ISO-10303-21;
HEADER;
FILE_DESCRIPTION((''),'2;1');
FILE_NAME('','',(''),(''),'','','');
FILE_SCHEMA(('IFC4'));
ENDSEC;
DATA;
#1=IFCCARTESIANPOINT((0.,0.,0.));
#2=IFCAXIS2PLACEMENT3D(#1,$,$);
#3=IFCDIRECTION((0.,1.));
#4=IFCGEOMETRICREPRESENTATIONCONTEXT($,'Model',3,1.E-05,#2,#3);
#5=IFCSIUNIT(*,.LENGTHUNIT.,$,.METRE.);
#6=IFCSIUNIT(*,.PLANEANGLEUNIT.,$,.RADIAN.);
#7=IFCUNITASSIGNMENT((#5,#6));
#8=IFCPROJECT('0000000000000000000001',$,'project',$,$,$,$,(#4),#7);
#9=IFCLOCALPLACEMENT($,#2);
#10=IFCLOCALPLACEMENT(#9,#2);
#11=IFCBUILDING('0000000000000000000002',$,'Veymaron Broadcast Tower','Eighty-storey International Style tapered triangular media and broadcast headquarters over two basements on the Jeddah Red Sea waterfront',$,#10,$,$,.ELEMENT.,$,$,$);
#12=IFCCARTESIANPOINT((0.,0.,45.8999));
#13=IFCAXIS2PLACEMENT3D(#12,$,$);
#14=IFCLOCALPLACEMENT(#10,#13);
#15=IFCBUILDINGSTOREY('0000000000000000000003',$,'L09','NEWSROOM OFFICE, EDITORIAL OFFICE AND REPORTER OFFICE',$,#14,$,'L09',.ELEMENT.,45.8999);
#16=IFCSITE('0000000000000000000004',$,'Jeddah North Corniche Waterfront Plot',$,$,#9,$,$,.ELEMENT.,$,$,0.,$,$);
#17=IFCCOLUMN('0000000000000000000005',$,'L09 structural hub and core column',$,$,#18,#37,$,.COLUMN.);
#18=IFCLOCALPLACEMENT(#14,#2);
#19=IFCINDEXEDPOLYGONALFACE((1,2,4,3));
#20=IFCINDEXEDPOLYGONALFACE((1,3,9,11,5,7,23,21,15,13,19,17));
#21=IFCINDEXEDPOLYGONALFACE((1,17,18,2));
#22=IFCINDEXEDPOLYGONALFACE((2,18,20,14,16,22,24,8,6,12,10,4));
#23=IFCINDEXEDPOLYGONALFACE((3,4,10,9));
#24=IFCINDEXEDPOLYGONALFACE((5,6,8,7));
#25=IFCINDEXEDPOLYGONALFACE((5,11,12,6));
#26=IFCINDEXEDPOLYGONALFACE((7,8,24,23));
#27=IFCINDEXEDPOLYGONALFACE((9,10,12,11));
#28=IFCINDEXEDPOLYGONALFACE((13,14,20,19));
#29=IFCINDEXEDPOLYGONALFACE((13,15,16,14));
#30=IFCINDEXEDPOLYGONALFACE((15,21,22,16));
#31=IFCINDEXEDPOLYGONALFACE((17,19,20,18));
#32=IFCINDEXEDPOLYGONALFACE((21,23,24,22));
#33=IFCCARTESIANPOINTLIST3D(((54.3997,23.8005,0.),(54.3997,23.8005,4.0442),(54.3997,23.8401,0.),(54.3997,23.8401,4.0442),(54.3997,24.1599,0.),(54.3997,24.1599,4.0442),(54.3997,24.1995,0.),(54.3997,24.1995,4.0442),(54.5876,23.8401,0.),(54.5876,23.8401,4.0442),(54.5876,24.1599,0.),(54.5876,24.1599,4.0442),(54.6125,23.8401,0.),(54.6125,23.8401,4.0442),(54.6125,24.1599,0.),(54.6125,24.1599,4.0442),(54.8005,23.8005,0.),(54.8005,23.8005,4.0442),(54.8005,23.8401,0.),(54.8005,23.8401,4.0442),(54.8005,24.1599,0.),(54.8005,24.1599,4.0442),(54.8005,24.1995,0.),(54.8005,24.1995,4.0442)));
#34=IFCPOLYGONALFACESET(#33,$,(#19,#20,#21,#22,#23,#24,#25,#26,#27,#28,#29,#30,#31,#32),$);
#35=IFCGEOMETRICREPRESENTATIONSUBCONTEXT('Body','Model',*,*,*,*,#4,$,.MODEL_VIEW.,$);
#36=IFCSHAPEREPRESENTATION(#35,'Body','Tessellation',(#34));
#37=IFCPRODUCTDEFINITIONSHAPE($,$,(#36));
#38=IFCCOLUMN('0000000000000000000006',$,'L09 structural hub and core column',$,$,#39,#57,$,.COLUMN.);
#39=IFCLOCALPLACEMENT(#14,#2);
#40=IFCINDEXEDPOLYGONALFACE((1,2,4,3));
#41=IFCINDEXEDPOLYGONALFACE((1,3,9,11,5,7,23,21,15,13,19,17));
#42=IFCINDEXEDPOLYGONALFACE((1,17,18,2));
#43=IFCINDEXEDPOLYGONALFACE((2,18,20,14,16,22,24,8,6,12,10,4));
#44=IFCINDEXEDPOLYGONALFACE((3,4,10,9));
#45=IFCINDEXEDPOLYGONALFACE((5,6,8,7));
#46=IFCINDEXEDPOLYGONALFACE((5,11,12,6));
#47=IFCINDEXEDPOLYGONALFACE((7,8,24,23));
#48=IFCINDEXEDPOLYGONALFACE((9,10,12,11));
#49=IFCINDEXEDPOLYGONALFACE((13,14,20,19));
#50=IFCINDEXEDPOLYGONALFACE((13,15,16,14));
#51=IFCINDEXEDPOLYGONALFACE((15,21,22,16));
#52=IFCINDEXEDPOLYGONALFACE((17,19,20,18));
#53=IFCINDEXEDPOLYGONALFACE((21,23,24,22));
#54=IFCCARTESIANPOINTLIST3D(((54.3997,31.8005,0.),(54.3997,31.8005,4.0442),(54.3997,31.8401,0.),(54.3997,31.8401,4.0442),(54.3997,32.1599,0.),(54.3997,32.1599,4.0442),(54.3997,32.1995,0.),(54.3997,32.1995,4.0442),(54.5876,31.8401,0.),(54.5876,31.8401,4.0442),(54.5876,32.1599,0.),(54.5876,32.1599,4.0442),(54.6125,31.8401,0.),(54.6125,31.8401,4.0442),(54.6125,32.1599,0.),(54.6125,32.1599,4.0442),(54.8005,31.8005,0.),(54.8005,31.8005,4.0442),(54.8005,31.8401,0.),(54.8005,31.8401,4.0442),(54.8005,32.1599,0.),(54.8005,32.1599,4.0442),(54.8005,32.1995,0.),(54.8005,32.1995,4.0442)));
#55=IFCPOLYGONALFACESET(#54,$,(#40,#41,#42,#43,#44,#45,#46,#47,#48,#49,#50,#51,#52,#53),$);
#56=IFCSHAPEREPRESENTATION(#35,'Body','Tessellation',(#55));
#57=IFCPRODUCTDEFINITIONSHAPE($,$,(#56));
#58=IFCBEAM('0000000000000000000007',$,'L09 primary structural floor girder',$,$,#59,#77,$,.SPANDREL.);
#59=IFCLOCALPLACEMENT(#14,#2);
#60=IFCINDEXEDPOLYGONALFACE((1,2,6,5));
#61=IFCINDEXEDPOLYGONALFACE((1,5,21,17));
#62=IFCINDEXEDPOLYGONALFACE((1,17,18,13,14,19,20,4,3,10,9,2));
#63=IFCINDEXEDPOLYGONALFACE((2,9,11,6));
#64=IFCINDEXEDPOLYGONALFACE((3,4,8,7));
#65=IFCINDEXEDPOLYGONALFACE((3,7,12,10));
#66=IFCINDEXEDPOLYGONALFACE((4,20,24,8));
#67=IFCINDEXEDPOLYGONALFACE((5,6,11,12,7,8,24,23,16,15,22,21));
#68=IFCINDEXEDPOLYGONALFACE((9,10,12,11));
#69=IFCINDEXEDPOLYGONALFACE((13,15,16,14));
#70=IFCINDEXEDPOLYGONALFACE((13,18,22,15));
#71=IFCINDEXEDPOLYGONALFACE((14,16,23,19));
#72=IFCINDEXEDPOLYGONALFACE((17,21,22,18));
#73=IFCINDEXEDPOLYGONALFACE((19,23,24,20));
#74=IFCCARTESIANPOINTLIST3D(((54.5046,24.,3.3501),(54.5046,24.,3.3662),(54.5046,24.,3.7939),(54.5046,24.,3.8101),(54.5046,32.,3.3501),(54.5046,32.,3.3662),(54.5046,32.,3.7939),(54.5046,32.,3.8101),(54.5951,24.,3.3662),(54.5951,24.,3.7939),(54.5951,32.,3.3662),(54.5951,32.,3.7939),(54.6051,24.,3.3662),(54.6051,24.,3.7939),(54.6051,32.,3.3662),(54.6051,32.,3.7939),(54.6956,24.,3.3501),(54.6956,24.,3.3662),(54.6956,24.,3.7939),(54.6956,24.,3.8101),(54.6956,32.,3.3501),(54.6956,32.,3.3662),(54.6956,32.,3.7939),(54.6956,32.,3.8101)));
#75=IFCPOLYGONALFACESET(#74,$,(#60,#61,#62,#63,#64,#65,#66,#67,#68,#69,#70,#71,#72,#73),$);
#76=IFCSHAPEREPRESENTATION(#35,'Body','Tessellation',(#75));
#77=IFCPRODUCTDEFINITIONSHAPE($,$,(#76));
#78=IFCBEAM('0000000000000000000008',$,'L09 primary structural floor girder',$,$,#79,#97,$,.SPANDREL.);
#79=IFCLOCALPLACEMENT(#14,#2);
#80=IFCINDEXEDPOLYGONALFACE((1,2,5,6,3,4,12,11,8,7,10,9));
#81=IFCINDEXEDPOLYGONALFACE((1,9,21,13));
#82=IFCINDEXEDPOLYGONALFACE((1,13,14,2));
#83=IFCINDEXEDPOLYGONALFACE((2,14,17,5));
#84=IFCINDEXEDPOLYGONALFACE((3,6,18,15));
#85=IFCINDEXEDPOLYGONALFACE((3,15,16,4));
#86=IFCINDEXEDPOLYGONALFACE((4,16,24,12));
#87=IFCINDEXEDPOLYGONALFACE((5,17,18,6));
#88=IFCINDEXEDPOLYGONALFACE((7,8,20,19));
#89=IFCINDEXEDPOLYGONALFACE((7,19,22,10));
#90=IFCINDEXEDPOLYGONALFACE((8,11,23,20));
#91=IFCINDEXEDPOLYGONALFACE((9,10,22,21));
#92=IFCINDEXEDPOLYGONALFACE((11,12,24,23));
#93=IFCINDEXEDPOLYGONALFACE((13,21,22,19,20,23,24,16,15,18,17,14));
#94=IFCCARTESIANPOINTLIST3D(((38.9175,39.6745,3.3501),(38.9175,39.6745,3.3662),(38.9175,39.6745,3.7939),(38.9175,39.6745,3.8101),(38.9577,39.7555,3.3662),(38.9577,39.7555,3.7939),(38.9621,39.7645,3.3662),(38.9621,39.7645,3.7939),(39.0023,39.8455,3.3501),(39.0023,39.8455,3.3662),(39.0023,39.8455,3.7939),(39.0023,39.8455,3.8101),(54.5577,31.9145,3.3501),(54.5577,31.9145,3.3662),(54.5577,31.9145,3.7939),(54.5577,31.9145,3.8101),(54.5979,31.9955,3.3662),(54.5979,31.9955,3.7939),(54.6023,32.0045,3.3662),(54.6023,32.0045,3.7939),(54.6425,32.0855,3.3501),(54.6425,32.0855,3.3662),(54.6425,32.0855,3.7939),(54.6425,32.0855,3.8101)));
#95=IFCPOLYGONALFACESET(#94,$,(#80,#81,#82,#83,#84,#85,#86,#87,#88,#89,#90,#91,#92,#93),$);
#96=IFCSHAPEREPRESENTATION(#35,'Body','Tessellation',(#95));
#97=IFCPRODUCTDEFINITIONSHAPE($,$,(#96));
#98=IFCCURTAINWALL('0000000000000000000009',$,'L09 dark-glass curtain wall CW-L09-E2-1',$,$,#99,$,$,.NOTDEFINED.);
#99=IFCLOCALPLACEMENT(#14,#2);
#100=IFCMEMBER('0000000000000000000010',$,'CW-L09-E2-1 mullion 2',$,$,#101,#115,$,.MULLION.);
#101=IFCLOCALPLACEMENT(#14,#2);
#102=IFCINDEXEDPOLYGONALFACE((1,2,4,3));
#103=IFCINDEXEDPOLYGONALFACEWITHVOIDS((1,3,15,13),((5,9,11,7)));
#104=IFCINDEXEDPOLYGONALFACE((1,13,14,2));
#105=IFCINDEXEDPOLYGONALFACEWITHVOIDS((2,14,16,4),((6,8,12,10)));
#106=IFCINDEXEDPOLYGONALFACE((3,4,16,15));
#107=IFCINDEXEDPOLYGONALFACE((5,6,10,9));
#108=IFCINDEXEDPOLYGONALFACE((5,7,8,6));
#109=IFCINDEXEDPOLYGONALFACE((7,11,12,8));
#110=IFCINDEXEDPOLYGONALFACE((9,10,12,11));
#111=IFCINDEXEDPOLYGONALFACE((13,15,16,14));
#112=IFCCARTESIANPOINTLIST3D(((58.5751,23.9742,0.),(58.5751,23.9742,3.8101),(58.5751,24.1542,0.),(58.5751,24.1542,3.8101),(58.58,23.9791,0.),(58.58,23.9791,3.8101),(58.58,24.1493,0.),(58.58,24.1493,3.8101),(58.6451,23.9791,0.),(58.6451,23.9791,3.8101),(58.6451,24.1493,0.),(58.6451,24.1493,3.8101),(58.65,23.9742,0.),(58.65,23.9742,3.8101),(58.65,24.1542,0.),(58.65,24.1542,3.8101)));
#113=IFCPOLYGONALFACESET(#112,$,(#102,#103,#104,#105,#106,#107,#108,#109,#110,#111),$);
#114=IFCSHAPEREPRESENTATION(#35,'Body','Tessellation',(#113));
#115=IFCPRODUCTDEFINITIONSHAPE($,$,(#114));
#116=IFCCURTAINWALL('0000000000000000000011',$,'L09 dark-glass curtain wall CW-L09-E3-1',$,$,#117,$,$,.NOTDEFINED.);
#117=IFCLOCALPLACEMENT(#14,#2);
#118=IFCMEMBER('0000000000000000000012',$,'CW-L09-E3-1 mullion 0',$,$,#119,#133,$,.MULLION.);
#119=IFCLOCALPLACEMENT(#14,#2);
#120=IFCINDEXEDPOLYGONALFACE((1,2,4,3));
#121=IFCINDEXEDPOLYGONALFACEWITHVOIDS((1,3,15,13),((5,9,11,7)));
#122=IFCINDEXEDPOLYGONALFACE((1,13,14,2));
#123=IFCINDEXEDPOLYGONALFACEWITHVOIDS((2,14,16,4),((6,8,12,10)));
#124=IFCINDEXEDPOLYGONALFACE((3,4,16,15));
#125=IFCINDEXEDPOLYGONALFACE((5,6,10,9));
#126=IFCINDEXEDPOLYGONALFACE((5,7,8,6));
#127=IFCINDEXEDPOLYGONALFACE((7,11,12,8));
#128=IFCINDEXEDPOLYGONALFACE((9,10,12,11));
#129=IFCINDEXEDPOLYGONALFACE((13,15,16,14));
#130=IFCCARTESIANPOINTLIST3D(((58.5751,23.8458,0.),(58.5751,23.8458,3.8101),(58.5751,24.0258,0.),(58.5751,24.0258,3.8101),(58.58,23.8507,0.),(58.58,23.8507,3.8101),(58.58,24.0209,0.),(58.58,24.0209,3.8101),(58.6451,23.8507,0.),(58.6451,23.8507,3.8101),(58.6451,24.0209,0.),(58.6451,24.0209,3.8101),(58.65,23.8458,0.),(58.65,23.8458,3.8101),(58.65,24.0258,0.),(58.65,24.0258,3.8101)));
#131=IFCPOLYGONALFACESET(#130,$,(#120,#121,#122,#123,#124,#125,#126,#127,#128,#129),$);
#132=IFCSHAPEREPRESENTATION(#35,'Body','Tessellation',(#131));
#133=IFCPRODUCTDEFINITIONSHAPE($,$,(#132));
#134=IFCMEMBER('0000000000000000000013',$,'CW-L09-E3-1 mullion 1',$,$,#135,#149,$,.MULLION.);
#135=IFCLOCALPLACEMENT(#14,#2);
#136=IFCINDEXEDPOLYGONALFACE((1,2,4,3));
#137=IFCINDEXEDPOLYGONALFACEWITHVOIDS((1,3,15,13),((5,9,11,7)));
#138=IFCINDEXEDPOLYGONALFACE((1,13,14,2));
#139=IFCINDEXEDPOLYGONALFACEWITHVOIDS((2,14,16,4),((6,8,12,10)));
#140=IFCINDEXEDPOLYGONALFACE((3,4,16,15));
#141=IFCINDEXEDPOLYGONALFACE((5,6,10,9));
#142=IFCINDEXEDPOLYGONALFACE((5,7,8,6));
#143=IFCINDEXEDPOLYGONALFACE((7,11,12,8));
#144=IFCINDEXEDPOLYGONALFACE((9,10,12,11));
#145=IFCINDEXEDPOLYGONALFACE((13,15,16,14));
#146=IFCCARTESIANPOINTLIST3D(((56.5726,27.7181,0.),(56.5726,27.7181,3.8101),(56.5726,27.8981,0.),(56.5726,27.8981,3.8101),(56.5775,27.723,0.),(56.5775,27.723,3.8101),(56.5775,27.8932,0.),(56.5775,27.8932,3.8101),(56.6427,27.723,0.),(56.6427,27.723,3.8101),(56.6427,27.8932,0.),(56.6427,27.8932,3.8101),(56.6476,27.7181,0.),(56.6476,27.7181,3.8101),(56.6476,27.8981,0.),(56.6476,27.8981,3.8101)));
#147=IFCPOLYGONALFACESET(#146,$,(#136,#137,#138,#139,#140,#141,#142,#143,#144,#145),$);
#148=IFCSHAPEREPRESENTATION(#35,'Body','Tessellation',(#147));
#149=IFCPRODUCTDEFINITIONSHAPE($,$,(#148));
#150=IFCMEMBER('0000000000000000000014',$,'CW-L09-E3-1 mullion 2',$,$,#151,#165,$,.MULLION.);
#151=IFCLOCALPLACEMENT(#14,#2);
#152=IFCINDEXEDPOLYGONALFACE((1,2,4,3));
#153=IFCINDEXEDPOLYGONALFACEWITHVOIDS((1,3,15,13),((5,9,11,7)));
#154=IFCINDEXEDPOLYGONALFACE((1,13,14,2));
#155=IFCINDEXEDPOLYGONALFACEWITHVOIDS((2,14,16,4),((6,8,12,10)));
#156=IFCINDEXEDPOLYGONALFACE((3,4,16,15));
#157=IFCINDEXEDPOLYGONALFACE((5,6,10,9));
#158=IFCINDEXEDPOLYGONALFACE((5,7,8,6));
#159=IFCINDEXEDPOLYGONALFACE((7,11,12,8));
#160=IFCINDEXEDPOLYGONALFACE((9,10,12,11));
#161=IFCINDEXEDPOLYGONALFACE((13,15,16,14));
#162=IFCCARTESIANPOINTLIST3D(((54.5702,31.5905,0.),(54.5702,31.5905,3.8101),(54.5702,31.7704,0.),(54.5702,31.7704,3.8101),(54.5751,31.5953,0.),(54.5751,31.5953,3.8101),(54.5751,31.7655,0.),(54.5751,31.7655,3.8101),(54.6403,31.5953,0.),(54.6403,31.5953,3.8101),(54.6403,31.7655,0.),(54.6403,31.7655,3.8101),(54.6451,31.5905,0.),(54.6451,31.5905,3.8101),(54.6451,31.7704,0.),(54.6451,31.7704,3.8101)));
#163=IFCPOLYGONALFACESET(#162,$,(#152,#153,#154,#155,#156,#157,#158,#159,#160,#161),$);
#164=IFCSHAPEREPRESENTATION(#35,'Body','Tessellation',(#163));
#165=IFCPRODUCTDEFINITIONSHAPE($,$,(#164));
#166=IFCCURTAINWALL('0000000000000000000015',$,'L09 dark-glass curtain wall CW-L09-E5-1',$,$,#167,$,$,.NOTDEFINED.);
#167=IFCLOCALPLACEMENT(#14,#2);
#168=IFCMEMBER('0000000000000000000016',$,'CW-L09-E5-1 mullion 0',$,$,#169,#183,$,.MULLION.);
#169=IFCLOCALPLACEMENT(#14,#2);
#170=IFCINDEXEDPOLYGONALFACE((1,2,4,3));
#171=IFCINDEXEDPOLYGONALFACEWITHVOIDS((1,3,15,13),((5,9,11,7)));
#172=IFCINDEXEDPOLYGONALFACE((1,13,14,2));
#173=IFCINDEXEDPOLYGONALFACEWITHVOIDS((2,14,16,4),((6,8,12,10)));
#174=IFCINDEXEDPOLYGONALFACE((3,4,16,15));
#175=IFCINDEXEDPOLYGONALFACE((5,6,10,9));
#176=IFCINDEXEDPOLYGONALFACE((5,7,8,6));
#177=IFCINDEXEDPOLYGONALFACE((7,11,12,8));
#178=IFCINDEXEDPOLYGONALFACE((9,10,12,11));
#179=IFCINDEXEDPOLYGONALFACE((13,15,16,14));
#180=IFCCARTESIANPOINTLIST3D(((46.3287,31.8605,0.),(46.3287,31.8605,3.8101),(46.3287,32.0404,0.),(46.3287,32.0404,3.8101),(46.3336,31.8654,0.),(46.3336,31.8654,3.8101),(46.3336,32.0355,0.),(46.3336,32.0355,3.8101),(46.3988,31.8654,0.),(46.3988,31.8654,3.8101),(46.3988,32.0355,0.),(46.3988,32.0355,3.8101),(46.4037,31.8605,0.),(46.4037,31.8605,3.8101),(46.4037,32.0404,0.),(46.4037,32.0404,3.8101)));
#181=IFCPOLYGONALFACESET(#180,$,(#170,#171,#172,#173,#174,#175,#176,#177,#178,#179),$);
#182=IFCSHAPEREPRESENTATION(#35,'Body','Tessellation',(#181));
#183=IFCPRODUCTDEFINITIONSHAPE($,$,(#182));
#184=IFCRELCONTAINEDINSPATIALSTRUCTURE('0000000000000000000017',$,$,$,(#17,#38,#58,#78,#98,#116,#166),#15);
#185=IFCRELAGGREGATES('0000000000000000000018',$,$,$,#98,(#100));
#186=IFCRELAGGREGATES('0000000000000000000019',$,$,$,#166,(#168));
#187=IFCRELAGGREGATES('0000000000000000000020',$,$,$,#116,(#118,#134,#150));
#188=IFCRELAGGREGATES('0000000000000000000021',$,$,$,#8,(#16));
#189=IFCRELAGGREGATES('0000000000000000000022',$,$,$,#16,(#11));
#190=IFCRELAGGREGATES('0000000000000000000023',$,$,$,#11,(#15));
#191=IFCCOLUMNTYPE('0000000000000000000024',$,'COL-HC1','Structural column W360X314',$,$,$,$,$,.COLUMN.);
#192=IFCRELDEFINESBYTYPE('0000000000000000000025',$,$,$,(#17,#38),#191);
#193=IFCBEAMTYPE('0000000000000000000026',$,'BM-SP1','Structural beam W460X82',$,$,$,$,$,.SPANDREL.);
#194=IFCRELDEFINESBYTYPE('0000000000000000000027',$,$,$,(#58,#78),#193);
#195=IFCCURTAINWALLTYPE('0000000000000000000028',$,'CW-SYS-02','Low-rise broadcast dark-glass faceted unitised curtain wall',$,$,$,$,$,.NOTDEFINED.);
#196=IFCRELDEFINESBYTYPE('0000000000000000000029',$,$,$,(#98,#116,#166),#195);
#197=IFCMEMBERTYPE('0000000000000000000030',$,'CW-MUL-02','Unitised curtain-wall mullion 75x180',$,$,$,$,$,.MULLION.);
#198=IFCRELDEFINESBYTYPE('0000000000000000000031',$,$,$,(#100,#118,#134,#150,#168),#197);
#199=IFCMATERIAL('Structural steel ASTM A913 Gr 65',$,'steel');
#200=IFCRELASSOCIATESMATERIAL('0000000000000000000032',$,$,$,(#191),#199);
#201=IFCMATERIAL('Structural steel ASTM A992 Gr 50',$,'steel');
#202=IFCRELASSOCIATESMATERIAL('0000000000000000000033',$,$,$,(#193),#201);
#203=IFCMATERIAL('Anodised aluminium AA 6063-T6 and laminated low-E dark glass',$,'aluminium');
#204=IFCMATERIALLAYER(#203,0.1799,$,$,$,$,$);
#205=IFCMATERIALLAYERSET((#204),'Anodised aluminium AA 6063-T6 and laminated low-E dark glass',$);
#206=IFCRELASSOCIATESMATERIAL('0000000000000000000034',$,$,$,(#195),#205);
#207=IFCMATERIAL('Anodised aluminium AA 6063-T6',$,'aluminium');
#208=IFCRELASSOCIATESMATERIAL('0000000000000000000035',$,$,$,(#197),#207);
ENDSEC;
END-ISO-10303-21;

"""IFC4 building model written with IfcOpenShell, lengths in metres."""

from ifc_helpers import new_model, si_unit, direction, frame, origin, origin_2d, place, context, subcontext, project, spatial, hollow_rectangle, i_section, extrude, material, layer, layer_set, material_profile, profile_set, type_object, element, aggregate, save


model = new_model("IFC4")

# Units and contexts
model_context = context("Model", 3, precision=1e-05, world=origin(), true_north=direction((0.0, 1.0)))
body_context = subcontext(model_context, "Body", "Model", "MODEL_VIEW")
ifc_project = project(units=[si_unit("LENGTHUNIT", "METRE"), si_unit("PLANEANGLEUNIT", "RADIAN")], contexts=[model_context])

# Site, building, storey
site_placement = place(None, origin())
site = spatial("IfcSite", under=ifc_project, at=site_placement, Name="Jeddah North Corniche Waterfront Plot", CompositionType="ELEMENT", RefElevation=0.0)
building_placement = place(site_placement, origin())
building = spatial("IfcBuilding", under=site, at=building_placement, Name="Veymaron Broadcast Tower", Description="Eighty-storey International Style tapered triangular media and broadcast headquarters over two basements on the Jeddah Red Sea waterfront", CompositionType="ELEMENT")
storey_placement = place(building_placement, frame((0.0, 0.0, 45.8999)))
storey = spatial("IfcBuildingStorey", under=building, at=storey_placement, Name="L09", Description="NEWSROOM OFFICE, EDITORIAL OFFICE AND REPORTER OFFICE", LongName="L09", CompositionType="ELEMENT", Elevation=45.8999)

# Columns
ifc_material_1 = material(Name="Structural steel ASTM A913 Gr 65", Category="steel")
ifc_material_profile_1 = material_profile(ifc_material_1, i_section(OverallWidth=0.4009, OverallDepth=0.3989, WebThickness=0.0249, FlangeThickness=0.0396, at=origin_2d()), Name="W360X314")
ifc_profile_set_1 = profile_set([ifc_material_profile_1], Name="Structural steel ASTM A913 Gr 65")
column_type = type_object("IfcColumnType", Name="COL-HC1", Description="Structural column W360X314", PredefinedType="COLUMN", material=ifc_profile_set_1)
for number, where, z_axis, x_axis, name in (
    (1, (54.6001, 24.0, 0.0), (0.0, 0.0, 1.0), (1.0, 0.0, 0.0), "L09 structural hub and core column"),
    (2, (54.6001, 32.0, 0.0), (0.0, 0.0, 1.0), (1.0, 0.0, 0.0), "L09 structural hub and core column"),
):
    element("IfcColumn", number, at=place(storey_placement, frame(where, z_axis=z_axis, x_axis=x_axis)), inside=storey, type_object=column_type, Name=name, PredefinedType="COLUMN", context=body_context, shape_type="SweptSolid", body=[
        extrude(i_section(OverallWidth=0.4009, OverallDepth=0.3989, WebThickness=0.0249, FlangeThickness=0.0396, at=origin_2d()), origin(), (0.0, 0.0, 1.0), 4.0442),
    ])

# Beams
ifc_material_2 = material(Name="Structural steel ASTM A992 Gr 50", Category="steel")
ifc_material_profile_2 = material_profile(ifc_material_2, i_section(OverallWidth=0.1909, OverallDepth=0.46, WebThickness=0.01, FlangeThickness=0.0161, at=origin_2d()), Name="W460X82")
ifc_profile_set_2 = profile_set([ifc_material_profile_2], Name="Structural steel ASTM A992 Gr 50")
beam_type = type_object("IfcBeamType", Name="BM-SP1", Description="Structural beam W460X82", PredefinedType="SPANDREL", material=ifc_profile_set_2)
beam_1_placement = place(storey_placement, frame((54.6001, 24.0, 3.5801), z_axis=(0.0, 1.0, 0.0), x_axis=(-1.0, 0.0, 0.0)))
element("IfcBeam", 3, at=beam_1_placement, inside=storey, type_object=beam_type, Name="L09 primary structural floor girder", PredefinedType="SPANDREL", context=body_context, shape_type="SweptSolid", body=[
    extrude(i_section(OverallWidth=0.1909, OverallDepth=0.46, WebThickness=0.01, FlangeThickness=0.0161, at=origin_2d()), origin(), (0.0, 0.0, 1.0), 8.0),
])
beam_2_placement = place(storey_placement, frame((54.6001, 32.0, 3.5801), z_axis=(-0.895799, 0.44446, 0.0), x_axis=(-0.44446, -0.895799, 0.0)))
element("IfcBeam", 4, at=beam_2_placement, inside=storey, type_object=beam_type, Name="L09 primary structural floor girder", PredefinedType="SPANDREL", context=body_context, shape_type="SweptSolid", body=[
    extrude(i_section(OverallWidth=0.1909, OverallDepth=0.46, WebThickness=0.01, FlangeThickness=0.0161, at=origin_2d()), origin(), (0.0, 0.0, 1.0), 17.4595),
])

# Curtain wall, member
ifc_material_3 = material(Name="Anodised aluminium AA 6063-T6 and laminated low-E dark glass", Category="aluminium")
ifc_layer_1 = layer(ifc_material_3, 0.1799)
ifc_layer_set_1 = layer_set([ifc_layer_1], Name="Anodised aluminium AA 6063-T6 and laminated low-E dark glass")
curtain_wall_type = type_object("IfcCurtainWallType", Name="CW-SYS-02", Description="Low-rise broadcast dark-glass faceted unitised curtain wall", PredefinedType="NOTDEFINED", material=ifc_layer_set_1)
curtain_wall_1_placement = place(storey_placement, origin())
curtain_wall_1 = element("IfcCurtainWall", 5, at=curtain_wall_1_placement, inside=storey, type_object=curtain_wall_type, Name="L09 dark-glass curtain wall CW-L09-E2-1", PredefinedType="NOTDEFINED")
ifc_material_4 = material(Name="Anodised aluminium AA 6063-T6", Category="aluminium")
ifc_material_profile_3 = material_profile(ifc_material_4, hollow_rectangle(XDim=0.075, YDim=0.1799, WallThickness=0.0049, at=origin_2d()), Name="AL180X75X5")
ifc_profile_set_3 = profile_set([ifc_material_profile_3], Name="Anodised aluminium AA 6063-T6")
member_type_1 = type_object("IfcMemberType", Name="CW-MUL-02", Description="Unitised curtain-wall mullion 75x180", PredefinedType="MULLION", material=ifc_profile_set_3)
member_1_placement = place(storey_placement, frame((58.6125, 24.0642, 0.0), z_axis=(0.0, 0.0, 1.0), x_axis=(1.0, 0.0, 0.0)))
member_1 = element("IfcMember", 6, at=member_1_placement, type_object=member_type_1, Name="CW-L09-E2-1 mullion 2", PredefinedType="MULLION", context=body_context, shape_type="SweptSolid", body=[
    extrude(hollow_rectangle(XDim=0.075, YDim=0.1799, WallThickness=0.0049, at=origin_2d()), origin(), (0.0, 0.0, 1.0), 3.8101),
])
aggregate(curtain_wall_1, [member_1])

# Curtain wall, members
curtain_wall_2_placement = place(storey_placement, origin())
curtain_wall_2 = element("IfcCurtainWall", 7, at=curtain_wall_2_placement, inside=storey, type_object=curtain_wall_type, Name="L09 dark-glass curtain wall CW-L09-E3-1", PredefinedType="NOTDEFINED")
member_2_placement = place(storey_placement, frame((58.6125, 23.9358, 0.0), z_axis=(0.0, 0.0, 1.0), x_axis=(1.0, 0.0, 0.0)))
member_2 = element("IfcMember", 8, at=member_2_placement, type_object=member_type_1, Name="CW-L09-E3-1 mullion 0", PredefinedType="MULLION", context=body_context, shape_type="SweptSolid", body=[
    extrude(hollow_rectangle(XDim=0.075, YDim=0.1799, WallThickness=0.0049, at=origin_2d()), origin(), (0.0, 0.0, 1.0), 3.8101),
])
member_3_placement = place(storey_placement, frame((56.6101, 27.8081, 0.0), z_axis=(0.0, 0.0, 1.0), x_axis=(1.0, 0.0, 0.0)))
member_3 = element("IfcMember", 9, at=member_3_placement, type_object=member_type_1, Name="CW-L09-E3-1 mullion 1", PredefinedType="MULLION", context=body_context, shape_type="SweptSolid", body=[
    extrude(hollow_rectangle(XDim=0.075, YDim=0.1799, WallThickness=0.0049, at=origin_2d()), origin(), (0.0, 0.0, 1.0), 3.8101),
])
member_4_placement = place(storey_placement, frame((54.6077, 31.6804, 0.0), z_axis=(0.0, 0.0, 1.0), x_axis=(1.0, 0.0, 0.0)))
member_4 = element("IfcMember", 10, at=member_4_placement, type_object=member_type_1, Name="CW-L09-E3-1 mullion 2", PredefinedType="MULLION", context=body_context, shape_type="SweptSolid", body=[
    extrude(hollow_rectangle(XDim=0.075, YDim=0.1799, WallThickness=0.0049, at=origin_2d()), origin(), (0.0, 0.0, 1.0), 3.8101),
])

# Curtain wall, member
curtain_wall_3_placement = place(storey_placement, origin())
curtain_wall_3 = element("IfcCurtainWall", 11, at=curtain_wall_3_placement, inside=storey, type_object=curtain_wall_type, Name="L09 dark-glass curtain wall CW-L09-E5-1", PredefinedType="NOTDEFINED")
member_5_placement = place(storey_placement, frame((46.3662, 31.9504, 0.0), z_axis=(0.0, 0.0, 1.0), x_axis=(1.0, 0.0, 0.0)))
member_5 = element("IfcMember", 12, at=member_5_placement, type_object=member_type_1, Name="CW-L09-E5-1 mullion 0", PredefinedType="MULLION", context=body_context, shape_type="SweptSolid", body=[
    extrude(hollow_rectangle(XDim=0.075, YDim=0.1799, WallThickness=0.0049, at=origin_2d()), origin(), (0.0, 0.0, 1.0), 3.8101),
])

aggregate(curtain_wall_3, [member_5])

aggregate(curtain_wall_2, [member_2, member_3, member_4])

save(model, "model.ifc")
